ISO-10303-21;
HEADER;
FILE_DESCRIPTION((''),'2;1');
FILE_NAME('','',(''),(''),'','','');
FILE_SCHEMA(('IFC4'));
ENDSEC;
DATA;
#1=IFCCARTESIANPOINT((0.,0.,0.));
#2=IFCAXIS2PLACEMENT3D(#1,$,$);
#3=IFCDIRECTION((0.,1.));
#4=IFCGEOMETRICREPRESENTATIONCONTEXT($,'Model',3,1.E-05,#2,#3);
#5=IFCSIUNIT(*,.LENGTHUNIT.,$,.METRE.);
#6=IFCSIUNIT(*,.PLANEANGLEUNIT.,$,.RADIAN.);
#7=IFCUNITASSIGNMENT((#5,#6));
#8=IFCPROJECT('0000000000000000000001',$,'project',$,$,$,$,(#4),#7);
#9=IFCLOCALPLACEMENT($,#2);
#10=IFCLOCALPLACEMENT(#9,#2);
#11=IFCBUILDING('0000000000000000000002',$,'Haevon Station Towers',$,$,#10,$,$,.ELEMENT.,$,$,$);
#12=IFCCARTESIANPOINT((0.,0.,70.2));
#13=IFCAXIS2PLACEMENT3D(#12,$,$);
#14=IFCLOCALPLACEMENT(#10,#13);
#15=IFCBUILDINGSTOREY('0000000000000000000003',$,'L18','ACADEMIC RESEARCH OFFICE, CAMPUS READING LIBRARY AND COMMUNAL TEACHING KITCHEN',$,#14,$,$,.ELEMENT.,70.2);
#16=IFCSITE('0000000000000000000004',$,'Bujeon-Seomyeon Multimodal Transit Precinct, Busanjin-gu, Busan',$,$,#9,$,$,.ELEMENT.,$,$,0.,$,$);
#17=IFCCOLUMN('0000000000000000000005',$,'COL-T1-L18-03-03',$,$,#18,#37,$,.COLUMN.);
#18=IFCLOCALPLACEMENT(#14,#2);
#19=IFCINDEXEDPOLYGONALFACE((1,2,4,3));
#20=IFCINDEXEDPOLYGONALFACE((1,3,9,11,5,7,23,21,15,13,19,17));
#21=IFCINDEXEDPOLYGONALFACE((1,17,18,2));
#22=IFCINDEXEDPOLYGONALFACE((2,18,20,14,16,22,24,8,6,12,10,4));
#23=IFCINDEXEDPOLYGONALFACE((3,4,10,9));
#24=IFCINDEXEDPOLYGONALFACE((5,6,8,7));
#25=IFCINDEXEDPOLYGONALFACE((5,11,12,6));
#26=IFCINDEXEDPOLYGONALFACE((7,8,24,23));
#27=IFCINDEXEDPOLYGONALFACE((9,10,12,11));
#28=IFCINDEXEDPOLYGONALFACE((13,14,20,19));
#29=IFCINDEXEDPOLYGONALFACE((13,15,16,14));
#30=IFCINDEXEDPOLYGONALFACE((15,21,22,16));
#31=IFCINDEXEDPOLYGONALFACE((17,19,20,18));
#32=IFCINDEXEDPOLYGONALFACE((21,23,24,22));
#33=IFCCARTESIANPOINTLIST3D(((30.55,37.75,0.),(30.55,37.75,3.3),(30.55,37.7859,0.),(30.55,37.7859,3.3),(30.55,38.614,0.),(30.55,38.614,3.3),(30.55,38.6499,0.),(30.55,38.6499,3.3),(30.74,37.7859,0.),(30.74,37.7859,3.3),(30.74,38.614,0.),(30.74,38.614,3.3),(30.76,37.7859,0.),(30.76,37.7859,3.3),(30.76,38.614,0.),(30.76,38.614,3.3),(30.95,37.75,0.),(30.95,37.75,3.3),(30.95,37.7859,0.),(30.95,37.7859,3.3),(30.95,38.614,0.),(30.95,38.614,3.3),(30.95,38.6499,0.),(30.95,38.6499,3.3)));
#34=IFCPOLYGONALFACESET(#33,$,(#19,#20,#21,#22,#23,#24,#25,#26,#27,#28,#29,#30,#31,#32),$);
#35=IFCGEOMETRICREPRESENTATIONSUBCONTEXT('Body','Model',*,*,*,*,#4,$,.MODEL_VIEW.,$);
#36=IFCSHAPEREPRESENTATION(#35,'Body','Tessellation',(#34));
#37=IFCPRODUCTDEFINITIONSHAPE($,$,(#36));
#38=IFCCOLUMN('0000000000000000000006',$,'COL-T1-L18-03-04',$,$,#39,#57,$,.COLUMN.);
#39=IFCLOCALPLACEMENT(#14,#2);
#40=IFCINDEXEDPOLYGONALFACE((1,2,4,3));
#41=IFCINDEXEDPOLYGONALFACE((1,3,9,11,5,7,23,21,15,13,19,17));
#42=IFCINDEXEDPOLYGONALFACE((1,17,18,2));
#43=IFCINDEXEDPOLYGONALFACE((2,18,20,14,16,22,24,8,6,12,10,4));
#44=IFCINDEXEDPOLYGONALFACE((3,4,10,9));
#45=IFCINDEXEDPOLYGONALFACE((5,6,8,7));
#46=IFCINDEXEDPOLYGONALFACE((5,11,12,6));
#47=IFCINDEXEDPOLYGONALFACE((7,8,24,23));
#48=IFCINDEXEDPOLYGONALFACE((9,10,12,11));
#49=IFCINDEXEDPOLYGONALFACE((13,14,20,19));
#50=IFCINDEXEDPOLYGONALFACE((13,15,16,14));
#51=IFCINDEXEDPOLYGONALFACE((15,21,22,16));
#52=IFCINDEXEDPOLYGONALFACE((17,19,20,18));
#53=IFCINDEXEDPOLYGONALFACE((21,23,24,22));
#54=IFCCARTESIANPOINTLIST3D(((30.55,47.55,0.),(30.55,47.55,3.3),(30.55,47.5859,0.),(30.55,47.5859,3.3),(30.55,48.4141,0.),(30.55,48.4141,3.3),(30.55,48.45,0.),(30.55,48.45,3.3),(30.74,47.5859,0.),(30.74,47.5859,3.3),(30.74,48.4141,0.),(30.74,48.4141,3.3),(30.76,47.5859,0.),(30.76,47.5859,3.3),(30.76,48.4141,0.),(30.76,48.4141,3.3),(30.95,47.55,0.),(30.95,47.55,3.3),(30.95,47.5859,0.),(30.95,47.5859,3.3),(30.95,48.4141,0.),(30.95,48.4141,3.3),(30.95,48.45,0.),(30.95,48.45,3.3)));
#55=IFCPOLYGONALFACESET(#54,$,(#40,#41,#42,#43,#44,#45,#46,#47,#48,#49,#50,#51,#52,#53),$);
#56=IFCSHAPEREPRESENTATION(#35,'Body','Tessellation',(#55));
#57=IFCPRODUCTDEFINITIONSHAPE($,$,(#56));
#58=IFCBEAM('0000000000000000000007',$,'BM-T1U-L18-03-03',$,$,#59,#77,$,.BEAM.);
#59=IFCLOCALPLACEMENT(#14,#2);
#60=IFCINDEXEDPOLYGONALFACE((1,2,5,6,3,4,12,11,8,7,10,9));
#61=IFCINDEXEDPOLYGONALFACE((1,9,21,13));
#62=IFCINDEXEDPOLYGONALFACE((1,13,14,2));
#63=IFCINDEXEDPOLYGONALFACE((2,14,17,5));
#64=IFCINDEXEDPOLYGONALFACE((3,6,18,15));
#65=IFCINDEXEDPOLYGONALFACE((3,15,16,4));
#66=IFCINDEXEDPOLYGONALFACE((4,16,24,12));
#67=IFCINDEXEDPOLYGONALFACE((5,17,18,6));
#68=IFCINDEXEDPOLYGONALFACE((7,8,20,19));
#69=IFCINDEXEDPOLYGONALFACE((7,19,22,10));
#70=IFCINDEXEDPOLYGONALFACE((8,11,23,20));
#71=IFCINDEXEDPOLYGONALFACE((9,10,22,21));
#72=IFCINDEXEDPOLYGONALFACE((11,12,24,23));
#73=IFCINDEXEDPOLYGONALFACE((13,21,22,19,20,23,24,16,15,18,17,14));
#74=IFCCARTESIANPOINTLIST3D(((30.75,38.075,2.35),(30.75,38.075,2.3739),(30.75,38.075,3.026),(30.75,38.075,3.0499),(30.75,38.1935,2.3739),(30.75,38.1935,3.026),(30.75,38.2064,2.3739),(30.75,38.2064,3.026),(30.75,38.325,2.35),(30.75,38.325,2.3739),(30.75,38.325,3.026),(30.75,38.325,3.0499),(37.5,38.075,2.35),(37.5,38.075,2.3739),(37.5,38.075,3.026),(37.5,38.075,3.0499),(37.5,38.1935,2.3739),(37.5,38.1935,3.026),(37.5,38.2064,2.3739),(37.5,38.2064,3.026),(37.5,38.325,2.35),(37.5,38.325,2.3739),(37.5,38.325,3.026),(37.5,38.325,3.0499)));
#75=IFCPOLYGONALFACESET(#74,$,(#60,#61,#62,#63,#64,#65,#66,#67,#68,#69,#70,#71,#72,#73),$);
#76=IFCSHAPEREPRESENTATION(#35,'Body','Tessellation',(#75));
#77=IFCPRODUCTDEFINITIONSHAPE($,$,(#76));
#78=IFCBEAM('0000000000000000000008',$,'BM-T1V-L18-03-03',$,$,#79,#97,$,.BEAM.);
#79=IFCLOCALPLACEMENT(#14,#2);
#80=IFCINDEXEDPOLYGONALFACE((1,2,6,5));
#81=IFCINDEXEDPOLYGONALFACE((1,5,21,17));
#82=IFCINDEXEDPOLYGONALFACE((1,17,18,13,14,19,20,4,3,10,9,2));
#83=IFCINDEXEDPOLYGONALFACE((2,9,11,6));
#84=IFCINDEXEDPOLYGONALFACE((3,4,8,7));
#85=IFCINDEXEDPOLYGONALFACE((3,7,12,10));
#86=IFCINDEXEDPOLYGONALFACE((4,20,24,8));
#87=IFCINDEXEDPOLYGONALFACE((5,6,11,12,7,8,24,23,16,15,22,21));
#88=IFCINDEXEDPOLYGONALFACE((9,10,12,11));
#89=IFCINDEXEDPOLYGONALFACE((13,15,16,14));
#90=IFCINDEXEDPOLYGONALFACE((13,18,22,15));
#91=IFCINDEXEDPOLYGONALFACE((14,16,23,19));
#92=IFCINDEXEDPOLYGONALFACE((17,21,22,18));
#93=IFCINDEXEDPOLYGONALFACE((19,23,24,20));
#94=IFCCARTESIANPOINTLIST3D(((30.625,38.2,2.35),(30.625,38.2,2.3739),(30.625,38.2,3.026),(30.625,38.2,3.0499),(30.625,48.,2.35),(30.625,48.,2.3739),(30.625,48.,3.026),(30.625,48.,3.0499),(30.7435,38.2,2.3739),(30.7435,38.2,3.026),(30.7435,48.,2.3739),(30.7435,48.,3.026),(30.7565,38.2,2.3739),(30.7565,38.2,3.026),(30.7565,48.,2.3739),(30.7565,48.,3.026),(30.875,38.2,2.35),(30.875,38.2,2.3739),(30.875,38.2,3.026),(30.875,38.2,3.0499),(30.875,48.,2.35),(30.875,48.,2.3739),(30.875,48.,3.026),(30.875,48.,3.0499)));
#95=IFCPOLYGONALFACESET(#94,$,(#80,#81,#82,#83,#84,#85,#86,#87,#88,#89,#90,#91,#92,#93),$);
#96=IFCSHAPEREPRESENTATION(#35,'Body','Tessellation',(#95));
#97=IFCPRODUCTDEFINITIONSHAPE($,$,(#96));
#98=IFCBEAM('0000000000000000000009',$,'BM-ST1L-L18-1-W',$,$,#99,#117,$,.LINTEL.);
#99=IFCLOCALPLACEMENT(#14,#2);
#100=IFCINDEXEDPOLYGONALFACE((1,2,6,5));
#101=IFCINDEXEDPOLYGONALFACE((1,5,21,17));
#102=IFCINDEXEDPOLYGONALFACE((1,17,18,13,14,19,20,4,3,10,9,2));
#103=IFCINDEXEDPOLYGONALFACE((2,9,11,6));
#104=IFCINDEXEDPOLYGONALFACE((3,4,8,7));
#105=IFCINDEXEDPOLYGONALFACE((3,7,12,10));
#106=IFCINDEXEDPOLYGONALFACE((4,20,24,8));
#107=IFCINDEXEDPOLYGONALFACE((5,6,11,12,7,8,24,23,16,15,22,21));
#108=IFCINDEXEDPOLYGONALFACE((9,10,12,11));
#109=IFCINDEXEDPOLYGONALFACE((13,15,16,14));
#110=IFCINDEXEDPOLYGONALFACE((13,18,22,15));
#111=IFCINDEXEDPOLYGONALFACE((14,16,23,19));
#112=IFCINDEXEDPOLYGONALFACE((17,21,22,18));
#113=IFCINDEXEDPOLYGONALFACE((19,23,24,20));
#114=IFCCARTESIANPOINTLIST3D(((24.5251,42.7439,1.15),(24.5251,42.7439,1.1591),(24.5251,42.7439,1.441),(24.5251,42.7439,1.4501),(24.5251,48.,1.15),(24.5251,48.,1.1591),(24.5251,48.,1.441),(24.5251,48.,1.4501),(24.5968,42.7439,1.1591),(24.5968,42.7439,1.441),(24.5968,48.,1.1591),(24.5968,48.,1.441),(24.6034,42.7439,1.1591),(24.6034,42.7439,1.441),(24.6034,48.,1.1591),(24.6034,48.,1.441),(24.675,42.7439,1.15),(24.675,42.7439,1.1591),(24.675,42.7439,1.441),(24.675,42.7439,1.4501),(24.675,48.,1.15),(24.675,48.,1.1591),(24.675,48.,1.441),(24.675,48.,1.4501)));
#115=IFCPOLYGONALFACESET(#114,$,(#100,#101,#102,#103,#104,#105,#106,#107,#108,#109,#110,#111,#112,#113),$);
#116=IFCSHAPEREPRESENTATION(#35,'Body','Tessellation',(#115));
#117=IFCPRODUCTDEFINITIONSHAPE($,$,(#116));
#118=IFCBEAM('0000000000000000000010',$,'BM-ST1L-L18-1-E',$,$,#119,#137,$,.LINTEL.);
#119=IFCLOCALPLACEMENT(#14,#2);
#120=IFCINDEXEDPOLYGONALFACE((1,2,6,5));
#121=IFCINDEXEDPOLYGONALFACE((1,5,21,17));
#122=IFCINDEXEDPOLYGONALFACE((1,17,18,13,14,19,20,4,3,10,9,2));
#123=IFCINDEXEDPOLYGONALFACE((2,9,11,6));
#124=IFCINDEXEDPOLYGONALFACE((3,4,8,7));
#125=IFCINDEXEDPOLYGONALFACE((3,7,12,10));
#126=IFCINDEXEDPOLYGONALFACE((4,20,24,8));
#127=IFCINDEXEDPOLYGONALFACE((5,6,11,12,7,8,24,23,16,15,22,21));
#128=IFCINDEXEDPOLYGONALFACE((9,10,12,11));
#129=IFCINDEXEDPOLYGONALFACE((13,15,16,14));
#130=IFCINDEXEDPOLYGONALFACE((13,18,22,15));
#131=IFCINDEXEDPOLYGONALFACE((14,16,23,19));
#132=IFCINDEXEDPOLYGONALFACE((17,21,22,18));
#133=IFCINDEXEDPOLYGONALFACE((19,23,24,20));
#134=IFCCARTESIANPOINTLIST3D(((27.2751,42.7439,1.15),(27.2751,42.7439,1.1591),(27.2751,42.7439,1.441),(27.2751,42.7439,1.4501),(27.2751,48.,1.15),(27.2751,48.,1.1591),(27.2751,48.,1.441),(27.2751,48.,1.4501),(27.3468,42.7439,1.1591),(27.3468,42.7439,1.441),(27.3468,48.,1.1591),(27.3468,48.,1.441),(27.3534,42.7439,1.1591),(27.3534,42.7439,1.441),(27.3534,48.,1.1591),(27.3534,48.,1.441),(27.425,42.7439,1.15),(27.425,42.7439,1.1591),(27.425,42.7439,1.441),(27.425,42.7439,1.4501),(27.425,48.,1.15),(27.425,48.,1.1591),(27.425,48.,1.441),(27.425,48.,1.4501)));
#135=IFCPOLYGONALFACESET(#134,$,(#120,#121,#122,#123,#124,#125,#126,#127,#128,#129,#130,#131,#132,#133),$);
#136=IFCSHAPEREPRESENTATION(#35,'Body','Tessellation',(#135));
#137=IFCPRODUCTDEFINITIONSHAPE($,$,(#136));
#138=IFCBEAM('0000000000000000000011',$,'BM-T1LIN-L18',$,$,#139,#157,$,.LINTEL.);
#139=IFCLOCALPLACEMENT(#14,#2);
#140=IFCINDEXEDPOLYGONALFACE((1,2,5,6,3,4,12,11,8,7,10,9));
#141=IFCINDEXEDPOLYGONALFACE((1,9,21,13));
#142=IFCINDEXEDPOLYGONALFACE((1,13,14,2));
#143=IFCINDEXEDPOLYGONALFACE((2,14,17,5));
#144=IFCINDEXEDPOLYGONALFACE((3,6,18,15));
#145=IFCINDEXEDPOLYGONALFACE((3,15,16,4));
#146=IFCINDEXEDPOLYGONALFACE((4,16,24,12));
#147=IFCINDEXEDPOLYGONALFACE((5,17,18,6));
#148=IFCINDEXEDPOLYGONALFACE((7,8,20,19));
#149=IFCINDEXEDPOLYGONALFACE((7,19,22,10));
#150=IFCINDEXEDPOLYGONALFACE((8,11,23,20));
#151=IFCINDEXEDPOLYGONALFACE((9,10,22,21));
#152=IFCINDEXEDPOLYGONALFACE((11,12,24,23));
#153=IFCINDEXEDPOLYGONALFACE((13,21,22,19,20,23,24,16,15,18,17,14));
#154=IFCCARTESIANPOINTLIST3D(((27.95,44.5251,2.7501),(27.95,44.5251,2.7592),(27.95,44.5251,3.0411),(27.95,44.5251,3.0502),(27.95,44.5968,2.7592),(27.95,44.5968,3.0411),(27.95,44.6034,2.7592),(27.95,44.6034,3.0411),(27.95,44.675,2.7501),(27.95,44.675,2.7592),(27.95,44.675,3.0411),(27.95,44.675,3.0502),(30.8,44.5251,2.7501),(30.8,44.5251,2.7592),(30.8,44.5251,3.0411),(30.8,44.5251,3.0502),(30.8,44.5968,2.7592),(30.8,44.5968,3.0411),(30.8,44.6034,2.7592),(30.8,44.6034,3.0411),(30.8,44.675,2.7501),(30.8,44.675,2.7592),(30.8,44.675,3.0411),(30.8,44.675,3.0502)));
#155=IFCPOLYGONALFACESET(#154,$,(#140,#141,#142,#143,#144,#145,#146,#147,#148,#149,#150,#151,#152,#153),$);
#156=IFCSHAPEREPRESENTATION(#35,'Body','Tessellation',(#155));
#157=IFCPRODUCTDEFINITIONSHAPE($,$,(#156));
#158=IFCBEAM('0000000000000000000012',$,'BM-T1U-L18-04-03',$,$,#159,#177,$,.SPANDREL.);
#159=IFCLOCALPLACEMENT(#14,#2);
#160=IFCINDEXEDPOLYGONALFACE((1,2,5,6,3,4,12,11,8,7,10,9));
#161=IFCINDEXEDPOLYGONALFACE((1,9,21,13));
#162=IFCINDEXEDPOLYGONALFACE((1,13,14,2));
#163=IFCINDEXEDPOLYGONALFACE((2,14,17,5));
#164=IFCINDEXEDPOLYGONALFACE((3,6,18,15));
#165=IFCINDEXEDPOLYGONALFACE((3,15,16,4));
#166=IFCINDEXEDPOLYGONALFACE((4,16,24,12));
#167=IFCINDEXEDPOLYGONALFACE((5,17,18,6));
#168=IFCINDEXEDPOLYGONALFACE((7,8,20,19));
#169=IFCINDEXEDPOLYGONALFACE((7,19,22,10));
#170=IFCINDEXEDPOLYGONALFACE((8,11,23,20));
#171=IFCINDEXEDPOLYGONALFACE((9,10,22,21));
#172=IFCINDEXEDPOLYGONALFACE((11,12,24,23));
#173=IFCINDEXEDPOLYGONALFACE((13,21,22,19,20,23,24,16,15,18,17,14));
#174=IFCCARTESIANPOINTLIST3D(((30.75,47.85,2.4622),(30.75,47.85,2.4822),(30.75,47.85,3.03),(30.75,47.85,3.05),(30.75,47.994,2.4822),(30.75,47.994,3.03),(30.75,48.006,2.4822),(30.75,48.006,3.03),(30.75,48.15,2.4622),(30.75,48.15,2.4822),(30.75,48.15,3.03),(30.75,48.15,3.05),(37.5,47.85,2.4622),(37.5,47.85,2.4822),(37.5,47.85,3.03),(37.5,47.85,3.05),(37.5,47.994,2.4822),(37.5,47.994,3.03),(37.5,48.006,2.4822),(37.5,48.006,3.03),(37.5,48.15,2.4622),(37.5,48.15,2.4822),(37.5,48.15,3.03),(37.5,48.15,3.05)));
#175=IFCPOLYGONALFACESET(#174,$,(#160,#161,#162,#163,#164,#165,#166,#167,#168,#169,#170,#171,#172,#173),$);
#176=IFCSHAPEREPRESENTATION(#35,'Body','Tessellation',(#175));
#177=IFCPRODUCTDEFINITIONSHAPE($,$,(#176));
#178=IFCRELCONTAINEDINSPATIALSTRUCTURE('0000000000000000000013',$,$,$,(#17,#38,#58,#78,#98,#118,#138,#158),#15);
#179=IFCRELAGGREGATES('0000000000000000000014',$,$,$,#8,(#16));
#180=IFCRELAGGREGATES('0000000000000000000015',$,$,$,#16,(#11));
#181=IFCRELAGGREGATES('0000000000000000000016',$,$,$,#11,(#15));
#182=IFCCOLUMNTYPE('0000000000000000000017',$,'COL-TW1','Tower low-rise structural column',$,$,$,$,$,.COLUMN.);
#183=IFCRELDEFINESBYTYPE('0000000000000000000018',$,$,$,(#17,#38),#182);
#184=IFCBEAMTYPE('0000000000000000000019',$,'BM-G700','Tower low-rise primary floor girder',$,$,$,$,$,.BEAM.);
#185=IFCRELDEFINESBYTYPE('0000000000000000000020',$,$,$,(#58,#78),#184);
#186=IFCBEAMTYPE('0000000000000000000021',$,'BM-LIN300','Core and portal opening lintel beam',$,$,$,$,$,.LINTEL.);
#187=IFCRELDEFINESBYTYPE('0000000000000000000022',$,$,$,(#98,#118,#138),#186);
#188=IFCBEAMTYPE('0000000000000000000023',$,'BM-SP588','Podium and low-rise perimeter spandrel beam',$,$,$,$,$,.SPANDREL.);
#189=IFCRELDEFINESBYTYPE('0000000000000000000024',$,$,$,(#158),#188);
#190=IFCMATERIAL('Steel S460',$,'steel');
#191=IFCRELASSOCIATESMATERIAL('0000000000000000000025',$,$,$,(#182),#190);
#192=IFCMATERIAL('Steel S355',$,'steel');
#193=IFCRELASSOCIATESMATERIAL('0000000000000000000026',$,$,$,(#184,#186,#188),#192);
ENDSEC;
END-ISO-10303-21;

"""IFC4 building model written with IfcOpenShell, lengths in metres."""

from ifc_helpers import new_model, si_unit, direction, frame, origin, origin_2d, place, context, subcontext, project, spatial, i_section, extrude, material, material_profile, profile_set, type_object, element, save


model = new_model("IFC4")

# Units and contexts
model_context = context("Model", 3, precision=1e-05, world=origin(), true_north=direction((0.0, 1.0)))
body_context = subcontext(model_context, "Body", "Model", "MODEL_VIEW")
ifc_project = project(units=[si_unit("LENGTHUNIT", "METRE"), si_unit("PLANEANGLEUNIT", "RADIAN")], contexts=[model_context])

# Site, building, storey
site_placement = place(None, origin())
site = spatial("IfcSite", under=ifc_project, at=site_placement, Name="Bujeon-Seomyeon Multimodal Transit Precinct, Busanjin-gu, Busan", CompositionType="ELEMENT", RefElevation=0.0)
building_placement = place(site_placement, origin())
building = spatial("IfcBuilding", under=site, at=building_placement, Name="Haevon Station Towers", CompositionType="ELEMENT")
storey_placement = place(building_placement, frame((0.0, 0.0, 70.2)))
storey = spatial("IfcBuildingStorey", under=building, at=storey_placement, Name="L18", Description="ACADEMIC RESEARCH OFFICE, CAMPUS READING LIBRARY AND COMMUNAL TEACHING KITCHEN", CompositionType="ELEMENT", Elevation=70.2)

# Columns
ifc_material_1 = material(Name="Steel S460", Category="steel")
ifc_material_profile_1 = material_profile(ifc_material_1, i_section(OverallWidth=0.3999, OverallDepth=0.8999, WebThickness=0.02, FlangeThickness=0.0359, at=origin_2d()), Name="H-900x400x20x36")
ifc_profile_set_1 = profile_set([ifc_material_profile_1], Name="Steel S460")
column_type = type_object("IfcColumnType", Name="COL-TW1", Description="Tower low-rise structural column", PredefinedType="COLUMN", material=ifc_profile_set_1)
for number, where, z_axis, x_axis, name in (
    (1, (30.75, 38.2, 0.0), (0.0, 0.0, 1.0), (1.0, 0.0, 0.0), "COL-T1-L18-03-03"),
    (2, (30.75, 48.0, 0.0), (0.0, 0.0, 1.0), (1.0, 0.0, 0.0), "COL-T1-L18-03-04"),
):
    element("IfcColumn", number, at=place(storey_placement, frame(where, z_axis=z_axis, x_axis=x_axis)), inside=storey, type_object=column_type, Name=name, PredefinedType="COLUMN", context=body_context, shape_type="SweptSolid", body=[
        extrude(i_section(OverallWidth=0.3999, OverallDepth=0.8999, WebThickness=0.02, FlangeThickness=0.0359, at=origin_2d()), origin(), (0.0, 0.0, 1.0), 3.3),
    ])

# Beams
ifc_material_2 = material(Name="Steel S355", Category="steel")
ifc_material_profile_2 = material_profile(ifc_material_2, i_section(OverallWidth=0.25, OverallDepth=0.7, WebThickness=0.0129, FlangeThickness=0.0239, at=origin_2d()), Name="H-700x250x13x24")
ifc_profile_set_2 = profile_set([ifc_material_profile_2], Name="Steel S355")
beam_type_1 = type_object("IfcBeamType", Name="BM-G700", Description="Tower low-rise primary floor girder", PredefinedType="BEAM", material=ifc_profile_set_2)
beam_1_placement = place(storey_placement, frame((30.75, 38.2, 2.7), z_axis=(1.0, 0.0, 0.0), x_axis=(0.0, 1.0, 0.0)))
element("IfcBeam", 3, at=beam_1_placement, inside=storey, type_object=beam_type_1, Name="BM-T1U-L18-03-03", PredefinedType="BEAM", context=body_context, shape_type="SweptSolid", body=[
    extrude(i_section(OverallWidth=0.25, OverallDepth=0.7, WebThickness=0.0129, FlangeThickness=0.0239, at=origin_2d()), origin(), (0.0, 0.0, 1.0), 6.75),
])
beam_2_placement = place(storey_placement, frame((30.75, 38.2, 2.7), z_axis=(0.0, 1.0, 0.0), x_axis=(-1.0, 0.0, 0.0)))
element("IfcBeam", 4, at=beam_2_placement, inside=storey, type_object=beam_type_1, Name="BM-T1V-L18-03-03", PredefinedType="BEAM", context=body_context, shape_type="SweptSolid", body=[
    extrude(i_section(OverallWidth=0.25, OverallDepth=0.7, WebThickness=0.0129, FlangeThickness=0.0239, at=origin_2d()), origin(), (0.0, 0.0, 1.0), 9.8),
])
ifc_material_profile_3 = material_profile(ifc_material_2, i_section(OverallWidth=0.1499, OverallDepth=0.3, WebThickness=0.0066, FlangeThickness=0.009, at=origin_2d()), Name="H-300x150x6.5x9")
ifc_profile_set_3 = profile_set([ifc_material_profile_3], Name="Steel S355")
beam_type_2 = type_object("IfcBeamType", Name="BM-LIN300", Description="Core and portal opening lintel beam", PredefinedType="LINTEL", material=ifc_profile_set_3)
for number, where, z_axis, x_axis, name in (
    (5, (24.6001, 42.7439, 1.3), (0.0, 1.0, 0.0), (-1.0, 0.0, 0.0), "BM-ST1L-L18-1-W"),
    (6, (27.3501, 42.7439, 1.3), (0.0, 1.0, 0.0), (-1.0, 0.0, 0.0), "BM-ST1L-L18-1-E"),
):
    element("IfcBeam", number, at=place(storey_placement, frame(where, z_axis=z_axis, x_axis=x_axis)), inside=storey, type_object=beam_type_2, Name=name, PredefinedType="LINTEL", context=body_context, shape_type="SweptSolid", body=[
        extrude(i_section(OverallWidth=0.1499, OverallDepth=0.3, WebThickness=0.0066, FlangeThickness=0.009, at=origin_2d()), origin(), (0.0, 0.0, 1.0), 5.2561),
    ])
beam_3_placement = place(storey_placement, frame((27.95, 44.6001, 2.9001), z_axis=(1.0, 0.0, 0.0), x_axis=(0.0, 1.0, 0.0)))
element("IfcBeam", 7, at=beam_3_placement, inside=storey, type_object=beam_type_2, Name="BM-T1LIN-L18", PredefinedType="LINTEL", context=body_context, shape_type="SweptSolid", body=[
    extrude(i_section(OverallWidth=0.1499, OverallDepth=0.3, WebThickness=0.0066, FlangeThickness=0.009, at=origin_2d()), origin(), (0.0, 0.0, 1.0), 2.8501),
])
ifc_material_profile_4 = material_profile(ifc_material_2, i_section(OverallWidth=0.3, OverallDepth=0.5879, WebThickness=0.012, FlangeThickness=0.02, at=origin_2d()), Name="H-588x300x12x20")
ifc_profile_set_4 = profile_set([ifc_material_profile_4], Name="Steel S355")
beam_type_3 = type_object("IfcBeamType", Name="BM-SP588", Description="Podium and low-rise perimeter spandrel beam", PredefinedType="SPANDREL", material=ifc_profile_set_4)
beam_4_placement = place(storey_placement, frame((30.75, 48.0, 2.7561), z_axis=(1.0, 0.0, 0.0), x_axis=(0.0, 1.0, 0.0)))
element("IfcBeam", 8, at=beam_4_placement, inside=storey, type_object=beam_type_3, Name="BM-T1U-L18-04-03", PredefinedType="SPANDREL", context=body_context, shape_type="SweptSolid", body=[
    extrude(i_section(OverallWidth=0.3, OverallDepth=0.5879, WebThickness=0.012, FlangeThickness=0.02, at=origin_2d()), origin(), (0.0, 0.0, 1.0), 6.75),
])

save(model, "model.ifc")
